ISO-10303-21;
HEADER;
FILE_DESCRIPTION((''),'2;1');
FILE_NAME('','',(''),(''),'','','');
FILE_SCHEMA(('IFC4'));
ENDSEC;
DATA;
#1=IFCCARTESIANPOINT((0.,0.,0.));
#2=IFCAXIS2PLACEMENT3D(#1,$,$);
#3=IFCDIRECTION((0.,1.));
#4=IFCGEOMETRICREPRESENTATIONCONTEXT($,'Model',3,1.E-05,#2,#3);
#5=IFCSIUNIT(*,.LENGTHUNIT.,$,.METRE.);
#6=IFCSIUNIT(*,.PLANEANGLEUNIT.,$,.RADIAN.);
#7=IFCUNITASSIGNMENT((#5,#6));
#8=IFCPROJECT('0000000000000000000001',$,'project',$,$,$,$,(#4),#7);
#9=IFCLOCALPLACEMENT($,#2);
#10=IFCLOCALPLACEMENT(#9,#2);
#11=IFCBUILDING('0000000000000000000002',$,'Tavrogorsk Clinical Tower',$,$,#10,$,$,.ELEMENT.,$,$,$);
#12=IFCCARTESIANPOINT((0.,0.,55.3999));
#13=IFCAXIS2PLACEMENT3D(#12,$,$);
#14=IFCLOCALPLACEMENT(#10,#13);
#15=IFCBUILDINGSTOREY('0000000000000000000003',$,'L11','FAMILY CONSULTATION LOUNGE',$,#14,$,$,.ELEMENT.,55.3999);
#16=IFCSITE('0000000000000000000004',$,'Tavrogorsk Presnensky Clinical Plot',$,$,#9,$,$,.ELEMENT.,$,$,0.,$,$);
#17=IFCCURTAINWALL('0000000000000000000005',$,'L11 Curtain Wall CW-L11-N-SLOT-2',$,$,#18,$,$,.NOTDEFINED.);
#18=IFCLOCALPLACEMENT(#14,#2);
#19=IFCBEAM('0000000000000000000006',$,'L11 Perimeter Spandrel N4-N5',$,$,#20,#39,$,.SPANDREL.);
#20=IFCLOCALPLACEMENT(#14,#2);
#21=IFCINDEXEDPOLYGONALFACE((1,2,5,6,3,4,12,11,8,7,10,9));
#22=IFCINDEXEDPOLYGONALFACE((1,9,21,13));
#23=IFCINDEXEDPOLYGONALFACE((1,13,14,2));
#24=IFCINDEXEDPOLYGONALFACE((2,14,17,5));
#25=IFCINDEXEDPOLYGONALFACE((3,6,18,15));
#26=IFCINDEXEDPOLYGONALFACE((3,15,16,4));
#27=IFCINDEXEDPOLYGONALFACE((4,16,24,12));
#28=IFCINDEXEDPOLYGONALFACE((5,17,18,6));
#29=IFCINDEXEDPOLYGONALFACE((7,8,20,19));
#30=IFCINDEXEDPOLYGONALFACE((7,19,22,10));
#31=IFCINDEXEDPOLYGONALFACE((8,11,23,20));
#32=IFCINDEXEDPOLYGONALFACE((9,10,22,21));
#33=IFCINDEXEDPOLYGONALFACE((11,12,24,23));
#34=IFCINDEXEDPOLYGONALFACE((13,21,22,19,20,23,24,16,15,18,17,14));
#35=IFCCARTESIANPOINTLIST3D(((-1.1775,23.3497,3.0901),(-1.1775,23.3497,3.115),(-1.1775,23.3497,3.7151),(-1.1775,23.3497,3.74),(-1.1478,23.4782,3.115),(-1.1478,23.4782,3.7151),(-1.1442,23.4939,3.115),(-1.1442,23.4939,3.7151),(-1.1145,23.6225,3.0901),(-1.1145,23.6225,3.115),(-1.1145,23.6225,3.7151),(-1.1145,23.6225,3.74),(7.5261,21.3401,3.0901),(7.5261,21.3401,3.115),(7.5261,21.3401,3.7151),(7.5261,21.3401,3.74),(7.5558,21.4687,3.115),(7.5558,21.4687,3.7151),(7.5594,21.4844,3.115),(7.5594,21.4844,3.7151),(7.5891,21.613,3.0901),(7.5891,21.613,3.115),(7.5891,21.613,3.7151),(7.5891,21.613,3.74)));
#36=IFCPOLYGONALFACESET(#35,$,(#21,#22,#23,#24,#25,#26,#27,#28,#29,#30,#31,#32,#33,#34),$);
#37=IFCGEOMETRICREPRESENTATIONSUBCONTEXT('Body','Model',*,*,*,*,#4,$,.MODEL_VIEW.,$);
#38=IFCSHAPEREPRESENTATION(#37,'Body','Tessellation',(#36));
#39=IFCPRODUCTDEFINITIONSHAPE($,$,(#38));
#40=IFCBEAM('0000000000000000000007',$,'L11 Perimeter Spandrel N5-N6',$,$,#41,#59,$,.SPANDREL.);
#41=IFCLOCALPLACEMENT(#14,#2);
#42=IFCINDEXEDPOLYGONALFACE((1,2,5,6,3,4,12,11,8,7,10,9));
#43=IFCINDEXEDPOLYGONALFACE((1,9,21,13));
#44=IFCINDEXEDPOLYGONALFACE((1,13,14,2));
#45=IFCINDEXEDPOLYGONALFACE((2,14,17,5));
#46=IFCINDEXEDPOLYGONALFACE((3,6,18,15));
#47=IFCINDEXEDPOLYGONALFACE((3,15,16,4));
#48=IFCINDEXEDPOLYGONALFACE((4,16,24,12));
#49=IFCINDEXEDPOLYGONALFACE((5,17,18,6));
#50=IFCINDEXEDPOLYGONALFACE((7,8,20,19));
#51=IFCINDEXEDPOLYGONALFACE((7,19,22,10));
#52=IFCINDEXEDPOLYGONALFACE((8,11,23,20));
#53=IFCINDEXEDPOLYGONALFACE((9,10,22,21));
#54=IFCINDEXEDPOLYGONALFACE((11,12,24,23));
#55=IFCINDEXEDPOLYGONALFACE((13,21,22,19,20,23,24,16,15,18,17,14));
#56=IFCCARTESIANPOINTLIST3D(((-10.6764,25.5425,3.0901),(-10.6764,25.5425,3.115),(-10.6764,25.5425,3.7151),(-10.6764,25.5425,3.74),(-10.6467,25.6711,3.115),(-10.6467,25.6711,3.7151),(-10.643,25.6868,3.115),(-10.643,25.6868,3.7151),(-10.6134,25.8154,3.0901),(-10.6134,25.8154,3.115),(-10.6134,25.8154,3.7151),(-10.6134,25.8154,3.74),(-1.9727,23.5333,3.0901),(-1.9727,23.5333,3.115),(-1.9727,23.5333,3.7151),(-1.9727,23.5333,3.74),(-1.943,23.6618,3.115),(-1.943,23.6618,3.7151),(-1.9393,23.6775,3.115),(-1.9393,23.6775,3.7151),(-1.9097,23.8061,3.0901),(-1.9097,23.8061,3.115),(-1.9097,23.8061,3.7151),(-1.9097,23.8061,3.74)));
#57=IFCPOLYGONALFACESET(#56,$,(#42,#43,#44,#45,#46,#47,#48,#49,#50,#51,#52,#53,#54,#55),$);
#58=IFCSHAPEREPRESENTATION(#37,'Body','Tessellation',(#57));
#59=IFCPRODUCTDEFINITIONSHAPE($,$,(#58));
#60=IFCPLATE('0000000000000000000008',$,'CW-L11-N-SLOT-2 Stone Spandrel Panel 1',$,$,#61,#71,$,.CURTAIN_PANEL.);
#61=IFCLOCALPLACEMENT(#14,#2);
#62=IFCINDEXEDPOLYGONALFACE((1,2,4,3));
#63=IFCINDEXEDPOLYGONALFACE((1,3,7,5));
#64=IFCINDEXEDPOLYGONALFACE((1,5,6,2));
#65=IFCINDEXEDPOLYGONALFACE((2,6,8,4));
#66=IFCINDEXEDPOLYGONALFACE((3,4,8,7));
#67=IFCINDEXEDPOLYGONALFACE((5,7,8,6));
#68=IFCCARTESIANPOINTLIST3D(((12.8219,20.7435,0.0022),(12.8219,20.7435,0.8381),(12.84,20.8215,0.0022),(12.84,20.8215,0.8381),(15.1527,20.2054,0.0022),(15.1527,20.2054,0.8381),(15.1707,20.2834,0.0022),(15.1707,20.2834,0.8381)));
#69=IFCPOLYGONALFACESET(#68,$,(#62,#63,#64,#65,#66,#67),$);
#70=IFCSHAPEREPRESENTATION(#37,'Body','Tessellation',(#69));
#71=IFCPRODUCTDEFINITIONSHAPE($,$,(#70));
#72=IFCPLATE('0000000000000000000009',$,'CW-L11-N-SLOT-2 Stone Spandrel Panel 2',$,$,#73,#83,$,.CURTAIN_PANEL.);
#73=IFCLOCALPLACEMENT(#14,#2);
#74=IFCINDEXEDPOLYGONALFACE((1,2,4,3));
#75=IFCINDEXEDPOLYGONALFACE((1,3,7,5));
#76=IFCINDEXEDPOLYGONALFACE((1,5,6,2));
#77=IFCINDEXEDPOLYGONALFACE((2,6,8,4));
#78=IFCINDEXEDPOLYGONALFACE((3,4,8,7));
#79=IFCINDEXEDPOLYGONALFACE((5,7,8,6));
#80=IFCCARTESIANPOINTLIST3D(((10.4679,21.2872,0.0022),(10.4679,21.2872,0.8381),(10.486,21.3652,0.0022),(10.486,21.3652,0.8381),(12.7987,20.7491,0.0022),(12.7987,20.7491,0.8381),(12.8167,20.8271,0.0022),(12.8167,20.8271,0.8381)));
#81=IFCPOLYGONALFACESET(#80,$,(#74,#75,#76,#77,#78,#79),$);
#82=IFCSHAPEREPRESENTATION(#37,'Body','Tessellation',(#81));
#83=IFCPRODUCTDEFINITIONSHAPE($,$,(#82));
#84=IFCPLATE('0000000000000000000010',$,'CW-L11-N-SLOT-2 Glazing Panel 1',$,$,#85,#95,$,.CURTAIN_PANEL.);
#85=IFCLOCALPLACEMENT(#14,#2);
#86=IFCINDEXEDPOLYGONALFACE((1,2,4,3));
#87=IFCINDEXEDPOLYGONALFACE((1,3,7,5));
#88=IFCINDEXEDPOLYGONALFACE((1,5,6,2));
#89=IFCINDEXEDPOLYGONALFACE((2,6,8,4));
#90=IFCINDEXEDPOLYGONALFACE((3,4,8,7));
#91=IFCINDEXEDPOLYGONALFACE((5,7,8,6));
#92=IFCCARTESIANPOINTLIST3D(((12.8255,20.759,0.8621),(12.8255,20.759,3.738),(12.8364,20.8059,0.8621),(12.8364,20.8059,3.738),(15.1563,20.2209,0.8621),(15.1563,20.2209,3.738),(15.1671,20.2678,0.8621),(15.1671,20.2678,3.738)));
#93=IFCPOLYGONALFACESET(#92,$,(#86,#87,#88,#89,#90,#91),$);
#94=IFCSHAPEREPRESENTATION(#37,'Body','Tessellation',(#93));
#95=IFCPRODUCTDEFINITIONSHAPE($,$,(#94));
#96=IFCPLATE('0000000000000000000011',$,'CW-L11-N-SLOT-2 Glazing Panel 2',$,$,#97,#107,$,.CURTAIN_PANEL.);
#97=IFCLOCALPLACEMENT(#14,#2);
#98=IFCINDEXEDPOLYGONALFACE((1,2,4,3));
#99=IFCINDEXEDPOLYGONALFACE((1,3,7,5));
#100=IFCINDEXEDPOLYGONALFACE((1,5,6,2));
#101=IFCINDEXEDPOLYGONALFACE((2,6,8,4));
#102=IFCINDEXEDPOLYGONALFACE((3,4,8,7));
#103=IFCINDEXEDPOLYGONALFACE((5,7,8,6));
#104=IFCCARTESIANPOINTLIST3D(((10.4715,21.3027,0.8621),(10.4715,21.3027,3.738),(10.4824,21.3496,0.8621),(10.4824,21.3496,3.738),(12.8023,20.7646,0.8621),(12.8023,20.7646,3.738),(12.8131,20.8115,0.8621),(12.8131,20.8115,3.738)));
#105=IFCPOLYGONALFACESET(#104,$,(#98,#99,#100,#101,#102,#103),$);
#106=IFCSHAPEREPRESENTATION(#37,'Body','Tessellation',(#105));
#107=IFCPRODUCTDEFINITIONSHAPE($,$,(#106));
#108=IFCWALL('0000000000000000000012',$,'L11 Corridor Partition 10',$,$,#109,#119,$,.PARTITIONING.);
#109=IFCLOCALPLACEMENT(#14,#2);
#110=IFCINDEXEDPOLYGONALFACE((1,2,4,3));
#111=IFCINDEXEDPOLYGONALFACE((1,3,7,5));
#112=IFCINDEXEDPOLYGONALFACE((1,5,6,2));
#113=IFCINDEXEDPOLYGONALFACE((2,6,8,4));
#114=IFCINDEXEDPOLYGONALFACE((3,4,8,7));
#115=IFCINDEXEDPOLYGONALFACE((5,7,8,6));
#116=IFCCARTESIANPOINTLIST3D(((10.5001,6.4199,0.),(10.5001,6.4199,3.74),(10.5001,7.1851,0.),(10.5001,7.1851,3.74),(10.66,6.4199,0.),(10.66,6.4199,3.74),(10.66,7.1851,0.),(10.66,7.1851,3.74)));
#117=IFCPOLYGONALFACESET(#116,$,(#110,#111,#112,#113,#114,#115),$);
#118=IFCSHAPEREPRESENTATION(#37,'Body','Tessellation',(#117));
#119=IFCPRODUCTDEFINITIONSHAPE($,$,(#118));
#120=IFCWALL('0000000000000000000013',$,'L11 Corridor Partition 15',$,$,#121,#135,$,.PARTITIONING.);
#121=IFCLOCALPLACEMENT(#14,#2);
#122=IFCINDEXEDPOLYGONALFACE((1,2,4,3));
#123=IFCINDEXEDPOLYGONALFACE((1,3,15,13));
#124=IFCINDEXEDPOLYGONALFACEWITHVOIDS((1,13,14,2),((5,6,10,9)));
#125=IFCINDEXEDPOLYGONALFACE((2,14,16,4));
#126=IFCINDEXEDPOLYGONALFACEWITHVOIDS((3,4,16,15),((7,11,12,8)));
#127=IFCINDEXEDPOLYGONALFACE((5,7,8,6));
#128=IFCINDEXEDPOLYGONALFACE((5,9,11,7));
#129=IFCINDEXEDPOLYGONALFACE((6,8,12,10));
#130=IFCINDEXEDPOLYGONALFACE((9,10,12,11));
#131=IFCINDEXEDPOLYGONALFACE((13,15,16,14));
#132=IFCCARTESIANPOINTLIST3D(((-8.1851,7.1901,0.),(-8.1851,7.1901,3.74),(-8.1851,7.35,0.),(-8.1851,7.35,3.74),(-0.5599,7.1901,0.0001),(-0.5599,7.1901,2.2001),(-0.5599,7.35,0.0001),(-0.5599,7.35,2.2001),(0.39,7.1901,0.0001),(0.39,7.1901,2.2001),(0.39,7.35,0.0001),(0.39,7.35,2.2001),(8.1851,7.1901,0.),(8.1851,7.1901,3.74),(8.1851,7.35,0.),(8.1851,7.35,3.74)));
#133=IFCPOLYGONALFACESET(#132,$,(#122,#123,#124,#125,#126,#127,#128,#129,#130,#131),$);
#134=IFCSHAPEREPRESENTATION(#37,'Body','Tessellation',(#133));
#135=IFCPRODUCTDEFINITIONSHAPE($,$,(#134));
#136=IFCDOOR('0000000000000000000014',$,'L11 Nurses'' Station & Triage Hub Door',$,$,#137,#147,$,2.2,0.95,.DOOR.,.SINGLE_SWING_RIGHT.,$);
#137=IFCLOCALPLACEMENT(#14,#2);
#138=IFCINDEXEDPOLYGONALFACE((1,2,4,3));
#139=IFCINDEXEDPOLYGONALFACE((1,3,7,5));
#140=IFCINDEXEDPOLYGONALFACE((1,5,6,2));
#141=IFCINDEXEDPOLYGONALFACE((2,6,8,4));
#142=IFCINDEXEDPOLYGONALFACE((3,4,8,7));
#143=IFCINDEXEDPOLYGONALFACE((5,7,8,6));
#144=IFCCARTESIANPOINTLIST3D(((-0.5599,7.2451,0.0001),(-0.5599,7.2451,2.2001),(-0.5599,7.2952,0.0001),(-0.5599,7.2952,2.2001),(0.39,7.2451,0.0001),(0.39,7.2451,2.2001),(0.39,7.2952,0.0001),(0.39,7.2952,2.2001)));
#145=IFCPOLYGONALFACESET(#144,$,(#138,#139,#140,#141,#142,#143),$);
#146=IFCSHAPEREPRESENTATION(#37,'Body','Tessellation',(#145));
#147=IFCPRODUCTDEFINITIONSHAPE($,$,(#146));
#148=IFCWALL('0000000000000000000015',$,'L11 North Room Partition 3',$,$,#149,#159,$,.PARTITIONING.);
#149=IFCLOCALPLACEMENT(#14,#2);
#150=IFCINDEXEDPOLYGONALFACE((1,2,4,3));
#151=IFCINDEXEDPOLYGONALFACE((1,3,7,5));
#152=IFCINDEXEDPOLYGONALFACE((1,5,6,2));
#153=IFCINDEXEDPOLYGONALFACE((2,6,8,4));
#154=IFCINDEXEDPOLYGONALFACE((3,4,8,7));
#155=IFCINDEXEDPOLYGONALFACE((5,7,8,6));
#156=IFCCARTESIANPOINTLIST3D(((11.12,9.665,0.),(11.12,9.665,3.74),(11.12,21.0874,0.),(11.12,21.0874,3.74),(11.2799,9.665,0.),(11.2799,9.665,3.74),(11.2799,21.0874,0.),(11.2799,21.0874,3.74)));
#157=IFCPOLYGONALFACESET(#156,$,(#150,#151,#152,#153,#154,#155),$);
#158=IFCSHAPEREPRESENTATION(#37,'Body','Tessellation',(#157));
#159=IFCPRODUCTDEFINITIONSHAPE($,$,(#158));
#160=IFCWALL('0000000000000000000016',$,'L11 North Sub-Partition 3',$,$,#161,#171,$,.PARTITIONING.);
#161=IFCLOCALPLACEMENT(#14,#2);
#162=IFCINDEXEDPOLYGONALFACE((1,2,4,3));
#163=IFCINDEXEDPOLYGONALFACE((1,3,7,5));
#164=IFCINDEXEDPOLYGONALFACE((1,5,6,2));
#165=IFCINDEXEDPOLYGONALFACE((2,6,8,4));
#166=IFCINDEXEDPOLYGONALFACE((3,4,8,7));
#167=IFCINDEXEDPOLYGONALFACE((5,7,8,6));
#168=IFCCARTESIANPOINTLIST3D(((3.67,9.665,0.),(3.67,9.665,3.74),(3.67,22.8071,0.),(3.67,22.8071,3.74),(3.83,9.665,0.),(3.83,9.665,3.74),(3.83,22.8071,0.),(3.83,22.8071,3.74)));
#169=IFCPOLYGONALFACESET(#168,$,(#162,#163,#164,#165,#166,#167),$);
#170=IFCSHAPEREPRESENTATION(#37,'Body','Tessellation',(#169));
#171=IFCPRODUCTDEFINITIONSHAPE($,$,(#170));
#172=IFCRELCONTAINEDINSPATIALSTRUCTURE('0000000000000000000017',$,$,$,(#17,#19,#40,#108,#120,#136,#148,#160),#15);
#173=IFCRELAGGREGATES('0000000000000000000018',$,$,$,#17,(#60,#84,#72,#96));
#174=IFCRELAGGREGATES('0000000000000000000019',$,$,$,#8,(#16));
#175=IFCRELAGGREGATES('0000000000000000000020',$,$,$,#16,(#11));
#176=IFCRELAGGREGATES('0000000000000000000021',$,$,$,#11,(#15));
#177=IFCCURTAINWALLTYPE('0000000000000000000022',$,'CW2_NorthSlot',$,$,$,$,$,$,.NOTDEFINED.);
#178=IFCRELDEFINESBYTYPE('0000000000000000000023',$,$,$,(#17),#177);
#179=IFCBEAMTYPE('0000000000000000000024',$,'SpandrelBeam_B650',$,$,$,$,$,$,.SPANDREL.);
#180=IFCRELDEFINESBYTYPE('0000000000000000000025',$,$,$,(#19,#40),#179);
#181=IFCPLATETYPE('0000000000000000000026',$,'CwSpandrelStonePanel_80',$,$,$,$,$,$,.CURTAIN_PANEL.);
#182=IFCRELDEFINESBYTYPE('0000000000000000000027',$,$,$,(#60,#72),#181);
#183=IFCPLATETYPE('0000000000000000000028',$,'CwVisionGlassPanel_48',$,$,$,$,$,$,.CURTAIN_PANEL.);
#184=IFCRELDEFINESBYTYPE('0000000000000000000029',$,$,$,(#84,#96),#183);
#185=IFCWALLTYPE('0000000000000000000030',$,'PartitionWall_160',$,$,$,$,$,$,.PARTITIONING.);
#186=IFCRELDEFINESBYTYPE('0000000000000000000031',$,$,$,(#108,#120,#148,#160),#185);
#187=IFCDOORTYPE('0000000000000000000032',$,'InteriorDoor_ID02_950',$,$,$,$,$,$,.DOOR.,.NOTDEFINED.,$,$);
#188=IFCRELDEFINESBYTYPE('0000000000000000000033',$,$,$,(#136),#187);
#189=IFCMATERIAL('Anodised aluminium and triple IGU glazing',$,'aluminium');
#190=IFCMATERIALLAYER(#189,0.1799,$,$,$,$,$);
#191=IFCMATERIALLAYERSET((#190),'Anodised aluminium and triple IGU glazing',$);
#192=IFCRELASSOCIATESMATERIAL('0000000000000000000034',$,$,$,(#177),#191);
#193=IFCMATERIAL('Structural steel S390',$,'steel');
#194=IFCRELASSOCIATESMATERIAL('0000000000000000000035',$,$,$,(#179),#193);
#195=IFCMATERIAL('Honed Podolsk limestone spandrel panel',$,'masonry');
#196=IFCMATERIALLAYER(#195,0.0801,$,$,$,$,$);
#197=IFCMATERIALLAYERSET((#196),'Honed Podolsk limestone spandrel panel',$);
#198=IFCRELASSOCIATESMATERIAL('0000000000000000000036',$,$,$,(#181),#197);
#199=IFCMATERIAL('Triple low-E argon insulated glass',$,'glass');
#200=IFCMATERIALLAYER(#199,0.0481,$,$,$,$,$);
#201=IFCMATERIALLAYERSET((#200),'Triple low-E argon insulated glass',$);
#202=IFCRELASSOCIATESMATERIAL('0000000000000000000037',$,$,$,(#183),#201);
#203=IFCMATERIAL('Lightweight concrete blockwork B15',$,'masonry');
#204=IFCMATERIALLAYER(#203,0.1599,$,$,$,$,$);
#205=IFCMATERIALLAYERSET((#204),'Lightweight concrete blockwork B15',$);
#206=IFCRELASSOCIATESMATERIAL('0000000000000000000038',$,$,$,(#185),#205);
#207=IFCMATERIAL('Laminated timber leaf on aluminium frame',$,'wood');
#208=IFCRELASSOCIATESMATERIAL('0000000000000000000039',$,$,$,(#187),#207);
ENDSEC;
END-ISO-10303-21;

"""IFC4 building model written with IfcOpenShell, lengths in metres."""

from ifc_helpers import new_model, si_unit, direction, frame, frame_2d, origin, origin_2d, place, context, subcontext, project, spatial, rectangle, i_section, extrude, material, layer, layer_set, material_profile, profile_set, type_object, element, fill, aggregate, save


model = new_model("IFC4")

# Units and contexts
model_context = context("Model", 3, precision=1e-05, world=origin(), true_north=direction((0.0, 1.0)))
body_context = subcontext(model_context, "Body", "Model", "MODEL_VIEW")
ifc_project = project(units=[si_unit("LENGTHUNIT", "METRE"), si_unit("PLANEANGLEUNIT", "RADIAN")], contexts=[model_context])

# Site, building, storey
site_placement = place(None, origin())
site = spatial("IfcSite", under=ifc_project, at=site_placement, Name="Tavrogorsk Presnensky Clinical Plot", CompositionType="ELEMENT", RefElevation=0.0)
building_placement = place(site_placement, origin())
building = spatial("IfcBuilding", under=site, at=building_placement, Name="Tavrogorsk Clinical Tower", CompositionType="ELEMENT")
storey_placement = place(building_placement, frame((0.0, 0.0, 55.3999)))
storey = spatial("IfcBuildingStorey", under=building, at=storey_placement, Name="L11", Description="FAMILY CONSULTATION LOUNGE", CompositionType="ELEMENT", Elevation=55.3999)

# Curtain wall
ifc_material_1 = material(Name="Anodised aluminium and triple IGU glazing", Category="aluminium")
ifc_layer_1 = layer(ifc_material_1, 0.1799)
ifc_layer_set_1 = layer_set([ifc_layer_1], Name="Anodised aluminium and triple IGU glazing")
curtain_wall_type = type_object("IfcCurtainWallType", Name="CW2_NorthSlot", PredefinedType="NOTDEFINED", material=ifc_layer_set_1)
curtain_wall_placement = place(storey_placement, origin())
curtain_wall = element("IfcCurtainWall", 1, at=curtain_wall_placement, inside=storey, type_object=curtain_wall_type, Name="L11 Curtain Wall CW-L11-N-SLOT-2", PredefinedType="NOTDEFINED")

# Beams
ifc_material_2 = material(Name="Structural steel S390", Category="steel")
ifc_material_profile_1 = material_profile(ifc_material_2, i_section(OverallWidth=0.28, OverallDepth=0.6499, WebThickness=0.0161, FlangeThickness=0.0249, at=origin_2d()), Name="B-650x280x16x25")
ifc_profile_set_1 = profile_set([ifc_material_profile_1], Name="Structural steel S390")
beam_type_1 = type_object("IfcBeamType", Name="SpandrelBeam_B650", PredefinedType="SPANDREL", material=ifc_profile_set_1)
for number, where, z_axis, x_axis, name in (
    (2, (7.5576, 21.4766, 3.415), (-0.974367, 0.224965, 0.0), (-0.224965, -0.974367, 0.0), "L11 Perimeter Spandrel N4-N5"),
    (3, (-1.9412, 23.6697, 3.415), (-0.974373, 0.224939, 0.0), (-0.224939, -0.974373, 0.0), "L11 Perimeter Spandrel N5-N6"),
):
    element("IfcBeam", number, at=place(storey_placement, frame(where, z_axis=z_axis, x_axis=x_axis)), inside=storey, type_object=beam_type_1, Name=name, PredefinedType="SPANDREL", context=body_context, shape_type="SweptSolid", body=[
        extrude(i_section(OverallWidth=0.28, OverallDepth=0.6499, WebThickness=0.0161, FlangeThickness=0.0249, at=origin_2d()), origin(), (0.0, 0.0, 1.0), 8.9326),
    ])

# Plates
ifc_material_3 = material(Name="Honed Podolsk limestone spandrel panel", Category="masonry")
ifc_layer_2 = layer(ifc_material_3, 0.0801)
ifc_layer_set_2 = layer_set([ifc_layer_2], Name="Honed Podolsk limestone spandrel panel")
plate_type_1 = type_object("IfcPlateType", Name="CwSpandrelStonePanel_80", PredefinedType="CURTAIN_PANEL", material=ifc_layer_set_2)
plate_1_placement = place(storey_placement, frame((13.9963, 20.5134, 0.0022), z_axis=(0.0, 0.0, 1.0), x_axis=(-0.97437, 0.224951, 0.0)))
plate_1 = element("IfcPlate", 4, at=plate_1_placement, type_object=plate_type_1, Name="CW-L11-N-SLOT-2 Stone Spandrel Panel 1", PredefinedType="CURTAIN_PANEL", context=body_context, shape_type="SweptSolid", body=[
    extrude(rectangle(XDim=2.3921, YDim=0.0801, at=origin_2d()), origin(), (0.0, 0.0, 1.0), 0.8359),
])
plate_2_placement = place(storey_placement, frame((11.6423, 21.0571, 0.0022), z_axis=(0.0, 0.0, 1.0), x_axis=(-0.97437, 0.224951, 0.0)))
plate_2 = element("IfcPlate", 5, at=plate_2_placement, type_object=plate_type_1, Name="CW-L11-N-SLOT-2 Stone Spandrel Panel 2", PredefinedType="CURTAIN_PANEL", context=body_context, shape_type="SweptSolid", body=[
    extrude(rectangle(XDim=2.3921, YDim=0.0801, at=origin_2d()), origin(), (0.0, 0.0, 1.0), 0.8359),
])
ifc_material_4 = material(Name="Triple low-E argon insulated glass", Category="glass")
ifc_layer_3 = layer(ifc_material_4, 0.0481)
ifc_layer_set_3 = layer_set([ifc_layer_3], Name="Triple low-E argon insulated glass")
plate_type_2 = type_object("IfcPlateType", Name="CwVisionGlassPanel_48", PredefinedType="CURTAIN_PANEL", material=ifc_layer_set_3)
plate_3_placement = place(storey_placement, frame((13.9963, 20.5134, 0.8621), z_axis=(0.0, 0.0, 1.0), x_axis=(-0.97437, 0.224951, 0.0)))
plate_3 = element("IfcPlate", 6, at=plate_3_placement, type_object=plate_type_2, Name="CW-L11-N-SLOT-2 Glazing Panel 1", PredefinedType="CURTAIN_PANEL", context=body_context, shape_type="SweptSolid", body=[
    extrude(rectangle(XDim=2.3921, YDim=0.0481, at=origin_2d()), origin(), (0.0, 0.0, 1.0), 2.876),
])
plate_4_placement = place(storey_placement, frame((11.6423, 21.0571, 0.8621), z_axis=(0.0, 0.0, 1.0), x_axis=(-0.97437, 0.224951, 0.0)))
plate_4 = element("IfcPlate", 7, at=plate_4_placement, type_object=plate_type_2, Name="CW-L11-N-SLOT-2 Glazing Panel 2", PredefinedType="CURTAIN_PANEL", context=body_context, shape_type="SweptSolid", body=[
    extrude(rectangle(XDim=2.3921, YDim=0.0481, at=origin_2d()), origin(), (0.0, 0.0, 1.0), 2.876),
])
aggregate(curtain_wall, [plate_1, plate_3, plate_2, plate_4])

# Wall
ifc_material_5 = material(Name="Lightweight concrete blockwork B15", Category="masonry")
ifc_layer_4 = layer(ifc_material_5, 0.1599)
ifc_layer_set_4 = layer_set([ifc_layer_4], Name="Lightweight concrete blockwork B15")
wall_type_1 = type_object("IfcWallType", Name="PartitionWall_160", PredefinedType="PARTITIONING", material=ifc_layer_set_4)
wall_1_placement = place(storey_placement, frame((10.5801, 7.1851, 0.0), z_axis=(0.0, 0.0, 1.0), x_axis=(0.0, -1.0, 0.0)))
element("IfcWall", 8, at=wall_1_placement, inside=storey, type_object=wall_type_1, Name="L11 Corridor Partition 10", PredefinedType="PARTITIONING", context=body_context, shape_type="SweptSolid", body=[
    extrude(rectangle(XDim=0.7651, YDim=0.1599, at=frame_2d((0.3826, 0.0))), origin(), (0.0, 0.0, 1.0), 3.74),
])

# Wall, opening, door
wall_2_placement = place(storey_placement, frame((8.1851, 7.27, 0.0), z_axis=(0.0, 0.0, 1.0), x_axis=(-1.0, 0.0, 0.0)))
wall_2 = element("IfcWall", 9, at=wall_2_placement, inside=storey, type_object=wall_type_1, Name="L11 Corridor Partition 15", PredefinedType="PARTITIONING", context=body_context, shape_type="SweptSolid", body=[
    extrude(rectangle(XDim=16.3701, YDim=0.1599, at=frame_2d((8.1851, 0.0))), origin(), (0.0, 0.0, 1.0), 3.74),
])
opening_1_placement = place(wall_2_placement, frame((7.7949, 0.0, 0.0)))
opening_1 = element("IfcOpeningElement", 10, at=opening_1_placement, cuts=wall_2, PredefinedType="OPENING", context=body_context, shape_type="SweptSolid", body=[
    extrude(rectangle(XDim=0.95, YDim=2.2, at=frame_2d((0.4751, 1.1001))), frame((0.0, 0.0898, 0.0), z_axis=(0.0, -1.0, 0.0), x_axis=(1.0, 0.0, 0.0)), (0.0, 0.0, 1.0), 0.1799),
])
ifc_material_6 = material(Name="Laminated timber leaf on aluminium frame", Category="wood")
door_type = type_object("IfcDoorType", Name="InteriorDoor_ID02_950", OperationType="NOTDEFINED", PredefinedType="DOOR", material=ifc_material_6)
door_placement = place(opening_1_placement, origin())
door = element("IfcDoor", 11, at=door_placement, inside=storey, type_object=door_type, Name="L11 Nurses' Station & Triage Hub Door", OperationType="SINGLE_SWING_RIGHT", OverallHeight=2.2, OverallWidth=0.95, PredefinedType="DOOR", context=body_context, shape_type="SweptSolid", body=[
    extrude(rectangle(XDim=0.95, YDim=2.2, at=frame_2d((0.4751, 1.1001))), frame((0.0, 0.0249, 0.0), z_axis=(0.0, -1.0, 0.0), x_axis=(1.0, 0.0, 0.0)), (0.0, 0.0, 1.0), 0.05),
])
fill(opening_1, door)

# Walls
wall_3_placement = place(storey_placement, frame((11.2, 9.665, 0.0), z_axis=(0.0, 0.0, 1.0), x_axis=(0.0, 1.0, 0.0)))
element("IfcWall", 12, at=wall_3_placement, inside=storey, type_object=wall_type_1, Name="L11 North Room Partition 3", PredefinedType="PARTITIONING", context=body_context, shape_type="SweptSolid", body=[
    extrude(rectangle(XDim=11.4224, YDim=0.1599, at=frame_2d((5.7112, 0.0))), origin(), (0.0, 0.0, 1.0), 3.74),
])
wall_4_placement = place(storey_placement, frame((3.75, 9.665, 0.0), z_axis=(0.0, 0.0, 1.0), x_axis=(0.0, 1.0, 0.0)))
element("IfcWall", 13, at=wall_4_placement, inside=storey, type_object=wall_type_1, Name="L11 North Sub-Partition 3", PredefinedType="PARTITIONING", context=body_context, shape_type="SweptSolid", body=[
    extrude(rectangle(XDim=13.1421, YDim=0.1599, at=frame_2d((6.571, 0.0))), origin(), (0.0, 0.0, 1.0), 3.74),
])

save(model, "model.ifc")
